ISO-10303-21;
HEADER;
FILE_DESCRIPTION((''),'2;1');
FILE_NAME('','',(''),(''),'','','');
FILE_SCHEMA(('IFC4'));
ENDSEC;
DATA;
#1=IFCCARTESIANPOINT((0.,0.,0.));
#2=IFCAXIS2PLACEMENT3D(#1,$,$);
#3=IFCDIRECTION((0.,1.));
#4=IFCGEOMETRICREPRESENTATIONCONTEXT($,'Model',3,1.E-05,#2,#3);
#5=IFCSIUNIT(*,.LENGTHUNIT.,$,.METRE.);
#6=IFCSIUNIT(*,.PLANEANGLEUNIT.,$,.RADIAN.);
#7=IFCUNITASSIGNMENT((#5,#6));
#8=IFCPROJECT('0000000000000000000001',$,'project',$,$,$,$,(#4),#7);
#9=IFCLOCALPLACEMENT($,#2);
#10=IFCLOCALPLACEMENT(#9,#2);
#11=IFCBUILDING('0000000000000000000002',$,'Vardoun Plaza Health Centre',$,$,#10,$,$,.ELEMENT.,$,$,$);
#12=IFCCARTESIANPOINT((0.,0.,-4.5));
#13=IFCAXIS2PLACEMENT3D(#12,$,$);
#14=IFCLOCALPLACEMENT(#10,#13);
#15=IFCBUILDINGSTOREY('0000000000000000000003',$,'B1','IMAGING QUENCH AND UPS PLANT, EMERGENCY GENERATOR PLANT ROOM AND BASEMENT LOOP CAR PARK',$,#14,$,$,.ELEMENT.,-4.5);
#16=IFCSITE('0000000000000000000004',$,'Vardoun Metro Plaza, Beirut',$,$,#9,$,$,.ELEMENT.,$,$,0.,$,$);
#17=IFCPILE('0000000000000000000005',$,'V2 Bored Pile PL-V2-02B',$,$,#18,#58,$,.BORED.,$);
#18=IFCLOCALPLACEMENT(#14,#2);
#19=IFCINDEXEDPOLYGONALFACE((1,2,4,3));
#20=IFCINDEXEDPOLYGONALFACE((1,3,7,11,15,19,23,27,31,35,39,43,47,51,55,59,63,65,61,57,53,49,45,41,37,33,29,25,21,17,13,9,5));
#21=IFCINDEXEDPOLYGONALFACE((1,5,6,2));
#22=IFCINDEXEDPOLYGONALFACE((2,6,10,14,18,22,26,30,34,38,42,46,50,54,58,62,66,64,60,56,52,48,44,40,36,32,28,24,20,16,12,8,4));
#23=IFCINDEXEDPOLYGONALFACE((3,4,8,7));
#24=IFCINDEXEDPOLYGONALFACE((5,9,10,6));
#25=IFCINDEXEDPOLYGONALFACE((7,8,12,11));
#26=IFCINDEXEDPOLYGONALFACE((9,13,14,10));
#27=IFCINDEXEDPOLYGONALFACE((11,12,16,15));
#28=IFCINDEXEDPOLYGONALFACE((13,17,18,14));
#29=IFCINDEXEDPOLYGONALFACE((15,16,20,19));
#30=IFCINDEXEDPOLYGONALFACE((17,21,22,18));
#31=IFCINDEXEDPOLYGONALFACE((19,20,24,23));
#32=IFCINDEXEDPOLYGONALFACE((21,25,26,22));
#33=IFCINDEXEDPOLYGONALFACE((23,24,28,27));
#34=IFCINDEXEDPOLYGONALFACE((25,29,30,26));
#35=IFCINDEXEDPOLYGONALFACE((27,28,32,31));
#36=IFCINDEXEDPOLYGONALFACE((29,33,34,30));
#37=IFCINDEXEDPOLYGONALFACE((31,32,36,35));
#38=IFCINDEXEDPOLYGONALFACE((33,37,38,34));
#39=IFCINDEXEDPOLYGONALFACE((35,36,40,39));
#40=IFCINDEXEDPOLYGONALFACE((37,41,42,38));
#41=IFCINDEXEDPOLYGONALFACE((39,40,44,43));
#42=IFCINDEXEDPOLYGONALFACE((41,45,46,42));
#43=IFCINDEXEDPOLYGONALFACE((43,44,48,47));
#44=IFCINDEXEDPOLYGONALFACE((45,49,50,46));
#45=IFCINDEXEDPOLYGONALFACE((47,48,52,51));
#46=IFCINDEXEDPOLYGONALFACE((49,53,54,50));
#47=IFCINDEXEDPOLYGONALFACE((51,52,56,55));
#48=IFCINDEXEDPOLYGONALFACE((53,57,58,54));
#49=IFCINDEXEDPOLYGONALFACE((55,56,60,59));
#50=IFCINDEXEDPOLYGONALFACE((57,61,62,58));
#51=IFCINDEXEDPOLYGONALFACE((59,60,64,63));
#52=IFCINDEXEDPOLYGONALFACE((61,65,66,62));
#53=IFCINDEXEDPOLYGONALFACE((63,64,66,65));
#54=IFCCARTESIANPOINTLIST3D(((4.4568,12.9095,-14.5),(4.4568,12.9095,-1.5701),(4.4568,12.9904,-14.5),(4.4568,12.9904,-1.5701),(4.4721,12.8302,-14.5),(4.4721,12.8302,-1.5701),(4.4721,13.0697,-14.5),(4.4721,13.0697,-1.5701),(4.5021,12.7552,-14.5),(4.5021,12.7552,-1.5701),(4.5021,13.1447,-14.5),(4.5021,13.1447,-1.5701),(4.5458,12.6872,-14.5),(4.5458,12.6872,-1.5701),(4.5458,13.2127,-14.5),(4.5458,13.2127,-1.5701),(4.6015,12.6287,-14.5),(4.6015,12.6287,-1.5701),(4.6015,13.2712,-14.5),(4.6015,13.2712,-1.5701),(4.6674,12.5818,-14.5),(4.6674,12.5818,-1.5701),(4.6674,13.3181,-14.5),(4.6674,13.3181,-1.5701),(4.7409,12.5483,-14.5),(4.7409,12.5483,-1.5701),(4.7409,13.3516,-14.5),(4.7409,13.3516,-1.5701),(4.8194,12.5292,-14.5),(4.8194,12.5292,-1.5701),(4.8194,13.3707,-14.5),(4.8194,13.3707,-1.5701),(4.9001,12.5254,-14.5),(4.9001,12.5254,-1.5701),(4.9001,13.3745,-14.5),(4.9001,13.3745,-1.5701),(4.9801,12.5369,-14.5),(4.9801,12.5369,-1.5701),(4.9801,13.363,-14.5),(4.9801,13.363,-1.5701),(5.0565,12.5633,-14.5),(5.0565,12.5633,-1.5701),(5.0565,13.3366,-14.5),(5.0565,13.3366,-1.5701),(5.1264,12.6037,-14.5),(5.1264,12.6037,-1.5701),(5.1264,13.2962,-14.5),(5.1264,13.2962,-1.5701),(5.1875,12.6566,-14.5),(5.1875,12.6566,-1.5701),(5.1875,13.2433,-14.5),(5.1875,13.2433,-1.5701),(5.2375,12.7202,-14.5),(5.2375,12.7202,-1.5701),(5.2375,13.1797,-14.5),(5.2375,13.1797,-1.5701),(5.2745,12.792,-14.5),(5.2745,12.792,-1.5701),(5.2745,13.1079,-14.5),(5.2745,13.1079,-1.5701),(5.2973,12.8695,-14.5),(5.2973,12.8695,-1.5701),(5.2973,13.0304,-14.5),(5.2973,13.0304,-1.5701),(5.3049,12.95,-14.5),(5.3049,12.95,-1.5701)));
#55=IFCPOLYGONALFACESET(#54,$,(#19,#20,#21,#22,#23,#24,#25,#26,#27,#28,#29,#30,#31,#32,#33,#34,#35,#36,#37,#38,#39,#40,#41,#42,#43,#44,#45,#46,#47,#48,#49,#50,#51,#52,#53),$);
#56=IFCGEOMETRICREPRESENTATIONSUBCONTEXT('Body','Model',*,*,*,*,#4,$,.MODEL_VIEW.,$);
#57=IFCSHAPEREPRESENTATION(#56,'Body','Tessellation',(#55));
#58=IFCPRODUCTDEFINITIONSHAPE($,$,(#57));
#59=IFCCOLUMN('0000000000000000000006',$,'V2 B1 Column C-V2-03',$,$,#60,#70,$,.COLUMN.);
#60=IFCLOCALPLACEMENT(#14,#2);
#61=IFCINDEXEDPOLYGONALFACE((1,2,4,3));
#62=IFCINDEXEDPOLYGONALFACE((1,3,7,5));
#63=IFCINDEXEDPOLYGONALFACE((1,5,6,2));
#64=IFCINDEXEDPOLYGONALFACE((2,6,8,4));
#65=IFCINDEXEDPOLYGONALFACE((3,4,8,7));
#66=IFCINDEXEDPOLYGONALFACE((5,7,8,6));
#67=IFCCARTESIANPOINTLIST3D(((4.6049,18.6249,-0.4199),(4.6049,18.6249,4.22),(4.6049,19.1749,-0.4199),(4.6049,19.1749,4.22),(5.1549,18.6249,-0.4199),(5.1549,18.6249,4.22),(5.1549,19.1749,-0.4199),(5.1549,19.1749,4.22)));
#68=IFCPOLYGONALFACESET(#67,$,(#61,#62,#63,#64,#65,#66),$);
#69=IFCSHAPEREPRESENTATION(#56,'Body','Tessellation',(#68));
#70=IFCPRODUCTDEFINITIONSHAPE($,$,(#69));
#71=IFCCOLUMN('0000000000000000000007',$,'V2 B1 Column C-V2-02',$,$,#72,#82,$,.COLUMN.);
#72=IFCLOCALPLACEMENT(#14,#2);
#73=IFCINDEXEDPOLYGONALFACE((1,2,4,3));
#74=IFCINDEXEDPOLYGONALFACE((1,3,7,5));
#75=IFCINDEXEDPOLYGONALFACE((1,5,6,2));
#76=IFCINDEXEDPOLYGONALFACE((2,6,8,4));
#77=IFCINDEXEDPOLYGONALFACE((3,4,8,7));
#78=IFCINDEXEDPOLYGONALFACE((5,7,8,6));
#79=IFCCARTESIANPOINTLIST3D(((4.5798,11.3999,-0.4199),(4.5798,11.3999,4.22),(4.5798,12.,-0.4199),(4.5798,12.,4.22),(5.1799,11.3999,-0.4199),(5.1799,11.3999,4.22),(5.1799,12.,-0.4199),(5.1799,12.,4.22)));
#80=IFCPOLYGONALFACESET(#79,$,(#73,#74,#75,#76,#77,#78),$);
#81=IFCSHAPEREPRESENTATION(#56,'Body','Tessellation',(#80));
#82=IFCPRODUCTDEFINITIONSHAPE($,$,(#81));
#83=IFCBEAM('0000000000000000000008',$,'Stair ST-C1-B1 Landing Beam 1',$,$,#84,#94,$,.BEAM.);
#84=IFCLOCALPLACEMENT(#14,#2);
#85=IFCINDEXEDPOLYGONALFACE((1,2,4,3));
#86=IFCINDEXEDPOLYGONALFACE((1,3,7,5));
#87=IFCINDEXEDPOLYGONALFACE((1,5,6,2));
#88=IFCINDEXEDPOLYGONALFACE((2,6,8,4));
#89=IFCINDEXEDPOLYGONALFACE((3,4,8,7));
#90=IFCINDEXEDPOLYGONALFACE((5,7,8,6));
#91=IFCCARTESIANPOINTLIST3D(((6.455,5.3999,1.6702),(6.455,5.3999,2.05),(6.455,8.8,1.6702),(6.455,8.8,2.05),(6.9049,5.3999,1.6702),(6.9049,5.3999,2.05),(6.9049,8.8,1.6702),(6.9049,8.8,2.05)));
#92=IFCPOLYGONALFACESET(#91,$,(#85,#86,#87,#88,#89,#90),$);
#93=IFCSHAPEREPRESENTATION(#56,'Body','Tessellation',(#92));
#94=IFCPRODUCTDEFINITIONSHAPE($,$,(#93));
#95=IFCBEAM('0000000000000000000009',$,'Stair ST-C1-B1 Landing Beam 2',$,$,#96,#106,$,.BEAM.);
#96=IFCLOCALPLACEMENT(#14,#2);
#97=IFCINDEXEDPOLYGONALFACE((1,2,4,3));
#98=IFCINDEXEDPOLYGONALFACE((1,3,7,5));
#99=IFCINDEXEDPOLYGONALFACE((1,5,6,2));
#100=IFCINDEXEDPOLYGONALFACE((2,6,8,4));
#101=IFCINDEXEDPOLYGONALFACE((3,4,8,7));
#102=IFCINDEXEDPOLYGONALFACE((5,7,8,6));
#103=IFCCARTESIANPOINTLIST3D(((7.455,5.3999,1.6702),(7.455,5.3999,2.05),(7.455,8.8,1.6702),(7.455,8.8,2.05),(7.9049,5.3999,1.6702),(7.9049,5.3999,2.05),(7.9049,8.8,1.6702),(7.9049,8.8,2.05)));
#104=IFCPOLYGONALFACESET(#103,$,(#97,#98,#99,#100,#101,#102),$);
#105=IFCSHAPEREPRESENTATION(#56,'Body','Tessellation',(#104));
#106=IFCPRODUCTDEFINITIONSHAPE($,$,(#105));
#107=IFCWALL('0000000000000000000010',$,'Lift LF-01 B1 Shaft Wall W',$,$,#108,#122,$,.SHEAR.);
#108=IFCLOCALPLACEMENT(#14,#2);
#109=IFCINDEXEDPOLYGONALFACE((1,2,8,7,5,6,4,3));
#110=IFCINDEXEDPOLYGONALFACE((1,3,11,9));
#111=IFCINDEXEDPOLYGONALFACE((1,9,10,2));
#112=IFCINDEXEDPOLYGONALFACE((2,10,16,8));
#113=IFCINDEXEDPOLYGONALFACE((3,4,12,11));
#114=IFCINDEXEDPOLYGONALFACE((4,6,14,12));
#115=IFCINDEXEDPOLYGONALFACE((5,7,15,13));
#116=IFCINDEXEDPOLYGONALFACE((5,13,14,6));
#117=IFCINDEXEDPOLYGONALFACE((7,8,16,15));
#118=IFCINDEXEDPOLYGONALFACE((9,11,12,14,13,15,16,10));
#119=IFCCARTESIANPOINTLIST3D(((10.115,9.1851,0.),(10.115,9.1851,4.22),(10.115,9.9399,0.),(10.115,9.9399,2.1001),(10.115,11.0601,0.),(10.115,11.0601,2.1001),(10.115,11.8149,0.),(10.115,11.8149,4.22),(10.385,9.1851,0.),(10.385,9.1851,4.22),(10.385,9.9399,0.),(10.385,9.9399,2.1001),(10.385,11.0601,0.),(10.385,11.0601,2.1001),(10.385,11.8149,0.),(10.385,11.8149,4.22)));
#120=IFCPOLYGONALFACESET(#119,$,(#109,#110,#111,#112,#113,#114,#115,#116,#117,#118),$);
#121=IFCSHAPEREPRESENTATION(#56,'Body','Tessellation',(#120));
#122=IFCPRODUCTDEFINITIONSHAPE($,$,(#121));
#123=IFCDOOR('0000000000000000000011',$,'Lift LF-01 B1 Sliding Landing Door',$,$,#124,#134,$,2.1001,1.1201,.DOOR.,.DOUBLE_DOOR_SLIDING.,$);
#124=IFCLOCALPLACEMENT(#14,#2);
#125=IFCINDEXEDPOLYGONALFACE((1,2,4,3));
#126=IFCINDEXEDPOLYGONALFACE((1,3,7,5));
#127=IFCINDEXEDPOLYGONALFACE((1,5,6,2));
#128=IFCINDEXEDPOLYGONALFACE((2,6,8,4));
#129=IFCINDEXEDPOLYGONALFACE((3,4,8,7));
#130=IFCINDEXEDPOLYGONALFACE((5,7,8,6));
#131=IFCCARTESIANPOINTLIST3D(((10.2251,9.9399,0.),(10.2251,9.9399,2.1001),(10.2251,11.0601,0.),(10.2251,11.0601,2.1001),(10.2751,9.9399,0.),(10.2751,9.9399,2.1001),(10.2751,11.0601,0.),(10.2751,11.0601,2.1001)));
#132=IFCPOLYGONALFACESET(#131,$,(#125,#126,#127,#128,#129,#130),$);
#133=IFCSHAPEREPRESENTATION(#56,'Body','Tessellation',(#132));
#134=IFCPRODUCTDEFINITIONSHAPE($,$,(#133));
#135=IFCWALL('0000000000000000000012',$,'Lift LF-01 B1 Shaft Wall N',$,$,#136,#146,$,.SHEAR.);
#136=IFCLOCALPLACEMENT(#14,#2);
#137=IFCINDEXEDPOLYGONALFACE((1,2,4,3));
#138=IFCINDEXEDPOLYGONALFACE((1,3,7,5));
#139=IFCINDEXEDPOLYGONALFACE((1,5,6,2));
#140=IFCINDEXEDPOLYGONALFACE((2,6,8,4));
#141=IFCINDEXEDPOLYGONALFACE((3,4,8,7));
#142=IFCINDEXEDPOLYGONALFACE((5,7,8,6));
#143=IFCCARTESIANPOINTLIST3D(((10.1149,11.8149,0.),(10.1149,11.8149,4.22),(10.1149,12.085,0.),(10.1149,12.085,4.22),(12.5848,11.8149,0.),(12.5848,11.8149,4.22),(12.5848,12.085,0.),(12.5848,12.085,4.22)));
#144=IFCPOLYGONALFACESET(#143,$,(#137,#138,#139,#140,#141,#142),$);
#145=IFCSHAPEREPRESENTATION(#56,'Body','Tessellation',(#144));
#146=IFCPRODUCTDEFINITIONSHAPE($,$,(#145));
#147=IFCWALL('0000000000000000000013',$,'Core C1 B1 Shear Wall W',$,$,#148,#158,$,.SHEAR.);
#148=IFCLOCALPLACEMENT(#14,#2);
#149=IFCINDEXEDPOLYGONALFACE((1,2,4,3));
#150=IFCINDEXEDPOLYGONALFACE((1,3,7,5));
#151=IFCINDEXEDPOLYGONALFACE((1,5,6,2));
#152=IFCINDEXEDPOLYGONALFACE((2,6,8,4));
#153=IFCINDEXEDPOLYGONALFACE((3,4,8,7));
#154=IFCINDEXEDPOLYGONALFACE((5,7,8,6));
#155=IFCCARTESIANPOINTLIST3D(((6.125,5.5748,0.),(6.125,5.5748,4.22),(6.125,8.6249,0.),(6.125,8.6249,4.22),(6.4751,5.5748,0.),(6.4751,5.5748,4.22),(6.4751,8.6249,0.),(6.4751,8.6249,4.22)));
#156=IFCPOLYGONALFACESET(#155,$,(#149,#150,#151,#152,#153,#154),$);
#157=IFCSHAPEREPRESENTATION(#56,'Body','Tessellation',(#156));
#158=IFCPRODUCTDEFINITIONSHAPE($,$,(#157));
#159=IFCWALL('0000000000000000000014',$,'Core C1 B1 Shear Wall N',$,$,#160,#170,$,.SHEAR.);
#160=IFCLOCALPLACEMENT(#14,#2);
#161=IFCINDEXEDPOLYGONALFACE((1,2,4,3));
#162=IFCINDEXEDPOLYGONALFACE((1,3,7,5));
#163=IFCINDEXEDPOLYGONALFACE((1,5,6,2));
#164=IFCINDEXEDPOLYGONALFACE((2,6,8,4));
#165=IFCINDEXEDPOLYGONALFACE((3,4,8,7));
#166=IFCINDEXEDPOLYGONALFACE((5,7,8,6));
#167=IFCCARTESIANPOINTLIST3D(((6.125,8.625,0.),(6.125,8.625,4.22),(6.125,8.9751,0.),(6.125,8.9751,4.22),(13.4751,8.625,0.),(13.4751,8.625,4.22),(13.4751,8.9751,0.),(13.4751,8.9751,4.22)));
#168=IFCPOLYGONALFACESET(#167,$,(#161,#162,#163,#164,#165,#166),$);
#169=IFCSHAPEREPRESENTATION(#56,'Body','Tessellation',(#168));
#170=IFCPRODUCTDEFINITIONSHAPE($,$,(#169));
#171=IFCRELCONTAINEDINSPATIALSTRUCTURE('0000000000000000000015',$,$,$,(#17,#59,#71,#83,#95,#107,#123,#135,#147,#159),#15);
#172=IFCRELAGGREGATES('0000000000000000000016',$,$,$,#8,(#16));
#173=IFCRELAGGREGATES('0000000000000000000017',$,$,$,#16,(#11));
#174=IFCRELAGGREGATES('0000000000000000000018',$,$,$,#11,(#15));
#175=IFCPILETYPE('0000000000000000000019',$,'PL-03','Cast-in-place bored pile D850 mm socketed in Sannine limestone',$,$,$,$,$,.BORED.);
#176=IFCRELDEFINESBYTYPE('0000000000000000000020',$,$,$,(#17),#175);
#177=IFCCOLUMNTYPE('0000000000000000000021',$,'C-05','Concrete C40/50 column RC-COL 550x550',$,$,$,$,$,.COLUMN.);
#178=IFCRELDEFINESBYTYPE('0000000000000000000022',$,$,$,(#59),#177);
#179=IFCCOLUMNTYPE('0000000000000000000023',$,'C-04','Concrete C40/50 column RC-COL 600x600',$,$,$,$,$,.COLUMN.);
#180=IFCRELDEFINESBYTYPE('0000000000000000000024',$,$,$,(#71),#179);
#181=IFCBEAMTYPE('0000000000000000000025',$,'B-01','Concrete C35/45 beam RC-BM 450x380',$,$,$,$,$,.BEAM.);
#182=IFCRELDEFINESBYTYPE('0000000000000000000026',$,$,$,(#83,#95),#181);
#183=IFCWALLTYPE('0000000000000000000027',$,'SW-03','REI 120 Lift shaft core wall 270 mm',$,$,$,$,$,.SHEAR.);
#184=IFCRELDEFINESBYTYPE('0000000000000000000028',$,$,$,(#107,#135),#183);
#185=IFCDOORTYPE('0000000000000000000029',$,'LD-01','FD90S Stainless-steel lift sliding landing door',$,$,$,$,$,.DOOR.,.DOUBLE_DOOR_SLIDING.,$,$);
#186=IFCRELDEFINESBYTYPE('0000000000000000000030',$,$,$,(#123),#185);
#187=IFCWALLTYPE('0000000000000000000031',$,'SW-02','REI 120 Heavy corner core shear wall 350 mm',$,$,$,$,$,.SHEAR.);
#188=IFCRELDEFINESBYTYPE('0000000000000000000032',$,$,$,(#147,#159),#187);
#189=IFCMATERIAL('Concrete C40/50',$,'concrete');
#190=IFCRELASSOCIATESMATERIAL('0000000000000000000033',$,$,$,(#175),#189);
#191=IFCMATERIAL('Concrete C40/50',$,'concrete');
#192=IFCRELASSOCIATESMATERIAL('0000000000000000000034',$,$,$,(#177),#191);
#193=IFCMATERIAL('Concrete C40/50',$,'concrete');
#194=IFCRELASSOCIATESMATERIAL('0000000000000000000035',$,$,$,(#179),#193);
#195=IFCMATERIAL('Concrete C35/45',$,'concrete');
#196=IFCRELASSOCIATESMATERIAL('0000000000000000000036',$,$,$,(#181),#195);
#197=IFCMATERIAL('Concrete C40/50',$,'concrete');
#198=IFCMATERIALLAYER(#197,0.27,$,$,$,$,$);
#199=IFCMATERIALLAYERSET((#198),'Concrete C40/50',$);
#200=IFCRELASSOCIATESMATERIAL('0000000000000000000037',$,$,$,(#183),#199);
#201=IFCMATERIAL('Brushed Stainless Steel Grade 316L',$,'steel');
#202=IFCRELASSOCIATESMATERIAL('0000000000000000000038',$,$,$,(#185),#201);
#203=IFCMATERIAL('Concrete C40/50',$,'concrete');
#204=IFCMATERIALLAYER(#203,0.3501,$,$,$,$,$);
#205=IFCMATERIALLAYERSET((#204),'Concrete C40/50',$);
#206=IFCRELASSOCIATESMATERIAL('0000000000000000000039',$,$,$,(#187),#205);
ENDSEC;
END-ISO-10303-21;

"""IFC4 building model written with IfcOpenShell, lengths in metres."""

from ifc_helpers import new_model, si_unit, direction, frame, frame_2d, origin, origin_2d, place, context, subcontext, project, spatial, rectangle, circle, extrude, material, layer, layer_set, material_profile, profile_set, type_object, element, fill, save


model = new_model("IFC4")

# Units and contexts
model_context = context("Model", 3, precision=1e-05, world=origin(), true_north=direction((0.0, 1.0)))
body_context = subcontext(model_context, "Body", "Model", "MODEL_VIEW")
ifc_project = project(units=[si_unit("LENGTHUNIT", "METRE"), si_unit("PLANEANGLEUNIT", "RADIAN")], contexts=[model_context])

# Site, building, storey
site_placement = place(None, origin())
site = spatial("IfcSite", under=ifc_project, at=site_placement, Name="Vardoun Metro Plaza, Beirut", CompositionType="ELEMENT", RefElevation=0.0)
building_placement = place(site_placement, origin())
building = spatial("IfcBuilding", under=site, at=building_placement, Name="Vardoun Plaza Health Centre", CompositionType="ELEMENT")
storey_placement = place(building_placement, frame((0.0, 0.0, -4.5)))
storey = spatial("IfcBuildingStorey", under=building, at=storey_placement, Name="B1", Description="IMAGING QUENCH AND UPS PLANT, EMERGENCY GENERATOR PLANT ROOM AND BASEMENT LOOP CAR PARK", CompositionType="ELEMENT", Elevation=-4.5)

# Pile
ifc_material_1 = material(Name="Concrete C40/50", Category="concrete")
ifc_material_profile_1 = material_profile(ifc_material_1, circle(Radius=0.425, at=origin_2d()), Name="PILE D850")
ifc_profile_set_1 = profile_set([ifc_material_profile_1], Name="Concrete C40/50")
pile_type_1 = type_object("IfcPileType", Name="PL-03", Description="Cast-in-place bored pile D850 mm socketed in Sannine limestone", PredefinedType="BORED", material=ifc_profile_set_1)
for number, where, z_axis, x_axis, name in (
    (1, (4.8799, 12.95, -1.5701), (0.0, 0.0, -1.0), (1.0, 0.0, 0.0), "V2 Bored Pile PL-V2-02B"),
):
    element("IfcPile", number, at=place(storey_placement, frame(where, z_axis=z_axis, x_axis=x_axis)), inside=storey, type_object=pile_type_1, Name=name, PredefinedType="BORED", context=body_context, shape_type="SweptSolid", body=[
        extrude(circle(Radius=0.425, at=origin_2d()), origin(), (0.0, 0.0, 1.0), 12.9299),
    ])

# Columns
ifc_material_2 = material(Name="Concrete C40/50", Category="concrete")
ifc_material_profile_2 = material_profile(ifc_material_2, rectangle(XDim=0.55, YDim=0.55, at=origin_2d()), Name="RC-COL 550x550")
ifc_profile_set_2 = profile_set([ifc_material_profile_2], Name="Concrete C40/50")
column_type_1 = type_object("IfcColumnType", Name="C-05", Description="Concrete C40/50 column RC-COL 550x550", PredefinedType="COLUMN", material=ifc_profile_set_2)
column_1_placement = place(storey_placement, frame((4.8799, 18.8999, -0.4199), z_axis=(0.0, 0.0, 1.0), x_axis=(1.0, 0.0, 0.0)))
element("IfcColumn", 2, at=column_1_placement, inside=storey, type_object=column_type_1, Name="V2 B1 Column C-V2-03", PredefinedType="COLUMN", context=body_context, shape_type="SweptSolid", body=[
    extrude(rectangle(XDim=0.55, YDim=0.55, at=origin_2d()), origin(), (0.0, 0.0, 1.0), 4.6399),
])
ifc_material_3 = material(Name="Concrete C40/50", Category="concrete")
ifc_material_profile_3 = material_profile(ifc_material_3, rectangle(XDim=0.6001, YDim=0.6001, at=origin_2d()), Name="RC-COL 600x600")
ifc_profile_set_3 = profile_set([ifc_material_profile_3], Name="Concrete C40/50")
column_type_2 = type_object("IfcColumnType", Name="C-04", Description="Concrete C40/50 column RC-COL 600x600", PredefinedType="COLUMN", material=ifc_profile_set_3)
column_2_placement = place(storey_placement, frame((4.8799, 11.7, -0.4199), z_axis=(0.0, 0.0, 1.0), x_axis=(1.0, 0.0, 0.0)))
element("IfcColumn", 3, at=column_2_placement, inside=storey, type_object=column_type_2, Name="V2 B1 Column C-V2-02", PredefinedType="COLUMN", context=body_context, shape_type="SweptSolid", body=[
    extrude(rectangle(XDim=0.6001, YDim=0.6001, at=origin_2d()), origin(), (0.0, 0.0, 1.0), 4.6399),
])

# Beams
ifc_material_4 = material(Name="Concrete C35/45", Category="concrete")
ifc_material_profile_4 = material_profile(ifc_material_4, rectangle(XDim=0.45, YDim=0.3799, at=origin_2d()), Name="RC-BM 450x380")
ifc_profile_set_4 = profile_set([ifc_material_profile_4], Name="Concrete C35/45")
beam_type = type_object("IfcBeamType", Name="B-01", Description="Concrete C35/45 beam RC-BM 450x380", PredefinedType="BEAM", material=ifc_profile_set_4)
for number, where, z_axis, x_axis, name in (
    (4, (6.6799, 5.3999, 1.8601), (0.0, 1.0, 0.0), (-1.0, 0.0, 0.0), "Stair ST-C1-B1 Landing Beam 1"),
    (5, (7.6799, 5.3999, 1.8601), (0.0, 1.0, 0.0), (-1.0, 0.0, 0.0), "Stair ST-C1-B1 Landing Beam 2"),
):
    element("IfcBeam", number, at=place(storey_placement, frame(where, z_axis=z_axis, x_axis=x_axis)), inside=storey, type_object=beam_type, Name=name, PredefinedType="BEAM", context=body_context, shape_type="SweptSolid", body=[
        extrude(rectangle(XDim=0.45, YDim=0.3799, at=origin_2d()), origin(), (0.0, 0.0, 1.0), 3.4001),
    ])

# Wall, opening, door
ifc_material_5 = material(Name="Concrete C40/50", Category="concrete")
ifc_layer_1 = layer(ifc_material_5, 0.27)
ifc_layer_set_1 = layer_set([ifc_layer_1], Name="Concrete C40/50")
wall_type_1 = type_object("IfcWallType", Name="SW-03", Description="REI 120 Lift shaft core wall 270 mm", PredefinedType="SHEAR", material=ifc_layer_set_1)
wall_1_placement = place(storey_placement, frame((10.25, 9.1851, 0.0), z_axis=(0.0, 0.0, 1.0), x_axis=(0.0, 1.0, 0.0)))
wall_1 = element("IfcWall", 6, at=wall_1_placement, inside=storey, type_object=wall_type_1, Name="Lift LF-01 B1 Shaft Wall W", PredefinedType="SHEAR", context=body_context, shape_type="SweptSolid", body=[
    extrude(rectangle(XDim=2.6299, YDim=0.27, at=frame_2d((1.3149, 0.0))), origin(), (0.0, 0.0, 1.0), 4.22),
])
opening_1_placement = place(wall_1_placement, frame((0.7549, 0.0, 0.0)))
opening_1 = element("IfcOpeningElement", 7, at=opening_1_placement, cuts=wall_1, PredefinedType="OPENING", context=body_context, shape_type="SweptSolid", body=[
    extrude(rectangle(XDim=1.1201, YDim=2.1001, at=frame_2d((0.5601, 1.05))), frame((0.0, 0.135, 0.0), z_axis=(0.0, -1.0, 0.0), x_axis=(1.0, 0.0, 0.0)), (0.0, 0.0, 1.0), 0.27),
])
ifc_material_6 = material(Name="Brushed Stainless Steel Grade 316L", Category="steel")
door_type_1 = type_object("IfcDoorType", Name="LD-01", Description="FD90S Stainless-steel lift sliding landing door", OperationType="DOUBLE_DOOR_SLIDING", PredefinedType="DOOR", material=ifc_material_6)
door_1_placement = place(opening_1_placement, origin())
door_1 = element("IfcDoor", 8, at=door_1_placement, inside=storey, type_object=door_type_1, Name="Lift LF-01 B1 Sliding Landing Door", OperationType="DOUBLE_DOOR_SLIDING", OverallHeight=2.1001, OverallWidth=1.1201, PredefinedType="DOOR", context=body_context, shape_type="SweptSolid", body=[
    extrude(rectangle(XDim=1.1201, YDim=2.1001, at=frame_2d((0.5601, 1.05))), frame((0.0, 0.0249, 0.0), z_axis=(0.0, -1.0, 0.0), x_axis=(1.0, 0.0, 0.0)), (0.0, 0.0, 1.0), 0.05),
])
fill(opening_1, door_1)

# Walls
wall_2_placement = place(storey_placement, frame((10.115, 11.95, 0.0), z_axis=(0.0, 0.0, 1.0), x_axis=(1.0, 0.0, 0.0)))
element("IfcWall", 9, at=wall_2_placement, inside=storey, type_object=wall_type_1, Name="Lift LF-01 B1 Shaft Wall N", PredefinedType="SHEAR", context=body_context, shape_type="SweptSolid", body=[
    extrude(rectangle(XDim=2.47, YDim=0.27, at=frame_2d((1.2349, 0.0))), origin(), (0.0, 0.0, 1.0), 4.22),
])
ifc_material_7 = material(Name="Concrete C40/50", Category="concrete")
ifc_layer_2 = layer(ifc_material_7, 0.3501)
ifc_layer_set_2 = layer_set([ifc_layer_2], Name="Concrete C40/50")
wall_type_2 = type_object("IfcWallType", Name="SW-02", Description="REI 120 Heavy corner core shear wall 350 mm", PredefinedType="SHEAR", material=ifc_layer_set_2)
wall_3_placement = place(storey_placement, frame((6.3, 5.575, 0.0), z_axis=(0.0, 0.0, 1.0), x_axis=(0.0, 1.0, 0.0)))
element("IfcWall", 10, at=wall_3_placement, inside=storey, type_object=wall_type_2, Name="Core C1 B1 Shear Wall W", PredefinedType="SHEAR", context=body_context, shape_type="SweptSolid", body=[
    extrude(rectangle(XDim=3.05, YDim=0.3501, at=frame_2d((1.5249, 0.0))), origin(), (0.0, 0.0, 1.0), 4.22),
])
wall_4_placement = place(storey_placement, frame((6.125, 8.8, 0.0), z_axis=(0.0, 0.0, 1.0), x_axis=(1.0, 0.0, 0.0)))
element("IfcWall", 11, at=wall_4_placement, inside=storey, type_object=wall_type_2, Name="Core C1 B1 Shear Wall N", PredefinedType="SHEAR", context=body_context, shape_type="SweptSolid", body=[
    extrude(rectangle(XDim=7.3501, YDim=0.3501, at=frame_2d((3.675, 0.0))), origin(), (0.0, 0.0, 1.0), 4.22),
])

save(model, "model.ifc")
